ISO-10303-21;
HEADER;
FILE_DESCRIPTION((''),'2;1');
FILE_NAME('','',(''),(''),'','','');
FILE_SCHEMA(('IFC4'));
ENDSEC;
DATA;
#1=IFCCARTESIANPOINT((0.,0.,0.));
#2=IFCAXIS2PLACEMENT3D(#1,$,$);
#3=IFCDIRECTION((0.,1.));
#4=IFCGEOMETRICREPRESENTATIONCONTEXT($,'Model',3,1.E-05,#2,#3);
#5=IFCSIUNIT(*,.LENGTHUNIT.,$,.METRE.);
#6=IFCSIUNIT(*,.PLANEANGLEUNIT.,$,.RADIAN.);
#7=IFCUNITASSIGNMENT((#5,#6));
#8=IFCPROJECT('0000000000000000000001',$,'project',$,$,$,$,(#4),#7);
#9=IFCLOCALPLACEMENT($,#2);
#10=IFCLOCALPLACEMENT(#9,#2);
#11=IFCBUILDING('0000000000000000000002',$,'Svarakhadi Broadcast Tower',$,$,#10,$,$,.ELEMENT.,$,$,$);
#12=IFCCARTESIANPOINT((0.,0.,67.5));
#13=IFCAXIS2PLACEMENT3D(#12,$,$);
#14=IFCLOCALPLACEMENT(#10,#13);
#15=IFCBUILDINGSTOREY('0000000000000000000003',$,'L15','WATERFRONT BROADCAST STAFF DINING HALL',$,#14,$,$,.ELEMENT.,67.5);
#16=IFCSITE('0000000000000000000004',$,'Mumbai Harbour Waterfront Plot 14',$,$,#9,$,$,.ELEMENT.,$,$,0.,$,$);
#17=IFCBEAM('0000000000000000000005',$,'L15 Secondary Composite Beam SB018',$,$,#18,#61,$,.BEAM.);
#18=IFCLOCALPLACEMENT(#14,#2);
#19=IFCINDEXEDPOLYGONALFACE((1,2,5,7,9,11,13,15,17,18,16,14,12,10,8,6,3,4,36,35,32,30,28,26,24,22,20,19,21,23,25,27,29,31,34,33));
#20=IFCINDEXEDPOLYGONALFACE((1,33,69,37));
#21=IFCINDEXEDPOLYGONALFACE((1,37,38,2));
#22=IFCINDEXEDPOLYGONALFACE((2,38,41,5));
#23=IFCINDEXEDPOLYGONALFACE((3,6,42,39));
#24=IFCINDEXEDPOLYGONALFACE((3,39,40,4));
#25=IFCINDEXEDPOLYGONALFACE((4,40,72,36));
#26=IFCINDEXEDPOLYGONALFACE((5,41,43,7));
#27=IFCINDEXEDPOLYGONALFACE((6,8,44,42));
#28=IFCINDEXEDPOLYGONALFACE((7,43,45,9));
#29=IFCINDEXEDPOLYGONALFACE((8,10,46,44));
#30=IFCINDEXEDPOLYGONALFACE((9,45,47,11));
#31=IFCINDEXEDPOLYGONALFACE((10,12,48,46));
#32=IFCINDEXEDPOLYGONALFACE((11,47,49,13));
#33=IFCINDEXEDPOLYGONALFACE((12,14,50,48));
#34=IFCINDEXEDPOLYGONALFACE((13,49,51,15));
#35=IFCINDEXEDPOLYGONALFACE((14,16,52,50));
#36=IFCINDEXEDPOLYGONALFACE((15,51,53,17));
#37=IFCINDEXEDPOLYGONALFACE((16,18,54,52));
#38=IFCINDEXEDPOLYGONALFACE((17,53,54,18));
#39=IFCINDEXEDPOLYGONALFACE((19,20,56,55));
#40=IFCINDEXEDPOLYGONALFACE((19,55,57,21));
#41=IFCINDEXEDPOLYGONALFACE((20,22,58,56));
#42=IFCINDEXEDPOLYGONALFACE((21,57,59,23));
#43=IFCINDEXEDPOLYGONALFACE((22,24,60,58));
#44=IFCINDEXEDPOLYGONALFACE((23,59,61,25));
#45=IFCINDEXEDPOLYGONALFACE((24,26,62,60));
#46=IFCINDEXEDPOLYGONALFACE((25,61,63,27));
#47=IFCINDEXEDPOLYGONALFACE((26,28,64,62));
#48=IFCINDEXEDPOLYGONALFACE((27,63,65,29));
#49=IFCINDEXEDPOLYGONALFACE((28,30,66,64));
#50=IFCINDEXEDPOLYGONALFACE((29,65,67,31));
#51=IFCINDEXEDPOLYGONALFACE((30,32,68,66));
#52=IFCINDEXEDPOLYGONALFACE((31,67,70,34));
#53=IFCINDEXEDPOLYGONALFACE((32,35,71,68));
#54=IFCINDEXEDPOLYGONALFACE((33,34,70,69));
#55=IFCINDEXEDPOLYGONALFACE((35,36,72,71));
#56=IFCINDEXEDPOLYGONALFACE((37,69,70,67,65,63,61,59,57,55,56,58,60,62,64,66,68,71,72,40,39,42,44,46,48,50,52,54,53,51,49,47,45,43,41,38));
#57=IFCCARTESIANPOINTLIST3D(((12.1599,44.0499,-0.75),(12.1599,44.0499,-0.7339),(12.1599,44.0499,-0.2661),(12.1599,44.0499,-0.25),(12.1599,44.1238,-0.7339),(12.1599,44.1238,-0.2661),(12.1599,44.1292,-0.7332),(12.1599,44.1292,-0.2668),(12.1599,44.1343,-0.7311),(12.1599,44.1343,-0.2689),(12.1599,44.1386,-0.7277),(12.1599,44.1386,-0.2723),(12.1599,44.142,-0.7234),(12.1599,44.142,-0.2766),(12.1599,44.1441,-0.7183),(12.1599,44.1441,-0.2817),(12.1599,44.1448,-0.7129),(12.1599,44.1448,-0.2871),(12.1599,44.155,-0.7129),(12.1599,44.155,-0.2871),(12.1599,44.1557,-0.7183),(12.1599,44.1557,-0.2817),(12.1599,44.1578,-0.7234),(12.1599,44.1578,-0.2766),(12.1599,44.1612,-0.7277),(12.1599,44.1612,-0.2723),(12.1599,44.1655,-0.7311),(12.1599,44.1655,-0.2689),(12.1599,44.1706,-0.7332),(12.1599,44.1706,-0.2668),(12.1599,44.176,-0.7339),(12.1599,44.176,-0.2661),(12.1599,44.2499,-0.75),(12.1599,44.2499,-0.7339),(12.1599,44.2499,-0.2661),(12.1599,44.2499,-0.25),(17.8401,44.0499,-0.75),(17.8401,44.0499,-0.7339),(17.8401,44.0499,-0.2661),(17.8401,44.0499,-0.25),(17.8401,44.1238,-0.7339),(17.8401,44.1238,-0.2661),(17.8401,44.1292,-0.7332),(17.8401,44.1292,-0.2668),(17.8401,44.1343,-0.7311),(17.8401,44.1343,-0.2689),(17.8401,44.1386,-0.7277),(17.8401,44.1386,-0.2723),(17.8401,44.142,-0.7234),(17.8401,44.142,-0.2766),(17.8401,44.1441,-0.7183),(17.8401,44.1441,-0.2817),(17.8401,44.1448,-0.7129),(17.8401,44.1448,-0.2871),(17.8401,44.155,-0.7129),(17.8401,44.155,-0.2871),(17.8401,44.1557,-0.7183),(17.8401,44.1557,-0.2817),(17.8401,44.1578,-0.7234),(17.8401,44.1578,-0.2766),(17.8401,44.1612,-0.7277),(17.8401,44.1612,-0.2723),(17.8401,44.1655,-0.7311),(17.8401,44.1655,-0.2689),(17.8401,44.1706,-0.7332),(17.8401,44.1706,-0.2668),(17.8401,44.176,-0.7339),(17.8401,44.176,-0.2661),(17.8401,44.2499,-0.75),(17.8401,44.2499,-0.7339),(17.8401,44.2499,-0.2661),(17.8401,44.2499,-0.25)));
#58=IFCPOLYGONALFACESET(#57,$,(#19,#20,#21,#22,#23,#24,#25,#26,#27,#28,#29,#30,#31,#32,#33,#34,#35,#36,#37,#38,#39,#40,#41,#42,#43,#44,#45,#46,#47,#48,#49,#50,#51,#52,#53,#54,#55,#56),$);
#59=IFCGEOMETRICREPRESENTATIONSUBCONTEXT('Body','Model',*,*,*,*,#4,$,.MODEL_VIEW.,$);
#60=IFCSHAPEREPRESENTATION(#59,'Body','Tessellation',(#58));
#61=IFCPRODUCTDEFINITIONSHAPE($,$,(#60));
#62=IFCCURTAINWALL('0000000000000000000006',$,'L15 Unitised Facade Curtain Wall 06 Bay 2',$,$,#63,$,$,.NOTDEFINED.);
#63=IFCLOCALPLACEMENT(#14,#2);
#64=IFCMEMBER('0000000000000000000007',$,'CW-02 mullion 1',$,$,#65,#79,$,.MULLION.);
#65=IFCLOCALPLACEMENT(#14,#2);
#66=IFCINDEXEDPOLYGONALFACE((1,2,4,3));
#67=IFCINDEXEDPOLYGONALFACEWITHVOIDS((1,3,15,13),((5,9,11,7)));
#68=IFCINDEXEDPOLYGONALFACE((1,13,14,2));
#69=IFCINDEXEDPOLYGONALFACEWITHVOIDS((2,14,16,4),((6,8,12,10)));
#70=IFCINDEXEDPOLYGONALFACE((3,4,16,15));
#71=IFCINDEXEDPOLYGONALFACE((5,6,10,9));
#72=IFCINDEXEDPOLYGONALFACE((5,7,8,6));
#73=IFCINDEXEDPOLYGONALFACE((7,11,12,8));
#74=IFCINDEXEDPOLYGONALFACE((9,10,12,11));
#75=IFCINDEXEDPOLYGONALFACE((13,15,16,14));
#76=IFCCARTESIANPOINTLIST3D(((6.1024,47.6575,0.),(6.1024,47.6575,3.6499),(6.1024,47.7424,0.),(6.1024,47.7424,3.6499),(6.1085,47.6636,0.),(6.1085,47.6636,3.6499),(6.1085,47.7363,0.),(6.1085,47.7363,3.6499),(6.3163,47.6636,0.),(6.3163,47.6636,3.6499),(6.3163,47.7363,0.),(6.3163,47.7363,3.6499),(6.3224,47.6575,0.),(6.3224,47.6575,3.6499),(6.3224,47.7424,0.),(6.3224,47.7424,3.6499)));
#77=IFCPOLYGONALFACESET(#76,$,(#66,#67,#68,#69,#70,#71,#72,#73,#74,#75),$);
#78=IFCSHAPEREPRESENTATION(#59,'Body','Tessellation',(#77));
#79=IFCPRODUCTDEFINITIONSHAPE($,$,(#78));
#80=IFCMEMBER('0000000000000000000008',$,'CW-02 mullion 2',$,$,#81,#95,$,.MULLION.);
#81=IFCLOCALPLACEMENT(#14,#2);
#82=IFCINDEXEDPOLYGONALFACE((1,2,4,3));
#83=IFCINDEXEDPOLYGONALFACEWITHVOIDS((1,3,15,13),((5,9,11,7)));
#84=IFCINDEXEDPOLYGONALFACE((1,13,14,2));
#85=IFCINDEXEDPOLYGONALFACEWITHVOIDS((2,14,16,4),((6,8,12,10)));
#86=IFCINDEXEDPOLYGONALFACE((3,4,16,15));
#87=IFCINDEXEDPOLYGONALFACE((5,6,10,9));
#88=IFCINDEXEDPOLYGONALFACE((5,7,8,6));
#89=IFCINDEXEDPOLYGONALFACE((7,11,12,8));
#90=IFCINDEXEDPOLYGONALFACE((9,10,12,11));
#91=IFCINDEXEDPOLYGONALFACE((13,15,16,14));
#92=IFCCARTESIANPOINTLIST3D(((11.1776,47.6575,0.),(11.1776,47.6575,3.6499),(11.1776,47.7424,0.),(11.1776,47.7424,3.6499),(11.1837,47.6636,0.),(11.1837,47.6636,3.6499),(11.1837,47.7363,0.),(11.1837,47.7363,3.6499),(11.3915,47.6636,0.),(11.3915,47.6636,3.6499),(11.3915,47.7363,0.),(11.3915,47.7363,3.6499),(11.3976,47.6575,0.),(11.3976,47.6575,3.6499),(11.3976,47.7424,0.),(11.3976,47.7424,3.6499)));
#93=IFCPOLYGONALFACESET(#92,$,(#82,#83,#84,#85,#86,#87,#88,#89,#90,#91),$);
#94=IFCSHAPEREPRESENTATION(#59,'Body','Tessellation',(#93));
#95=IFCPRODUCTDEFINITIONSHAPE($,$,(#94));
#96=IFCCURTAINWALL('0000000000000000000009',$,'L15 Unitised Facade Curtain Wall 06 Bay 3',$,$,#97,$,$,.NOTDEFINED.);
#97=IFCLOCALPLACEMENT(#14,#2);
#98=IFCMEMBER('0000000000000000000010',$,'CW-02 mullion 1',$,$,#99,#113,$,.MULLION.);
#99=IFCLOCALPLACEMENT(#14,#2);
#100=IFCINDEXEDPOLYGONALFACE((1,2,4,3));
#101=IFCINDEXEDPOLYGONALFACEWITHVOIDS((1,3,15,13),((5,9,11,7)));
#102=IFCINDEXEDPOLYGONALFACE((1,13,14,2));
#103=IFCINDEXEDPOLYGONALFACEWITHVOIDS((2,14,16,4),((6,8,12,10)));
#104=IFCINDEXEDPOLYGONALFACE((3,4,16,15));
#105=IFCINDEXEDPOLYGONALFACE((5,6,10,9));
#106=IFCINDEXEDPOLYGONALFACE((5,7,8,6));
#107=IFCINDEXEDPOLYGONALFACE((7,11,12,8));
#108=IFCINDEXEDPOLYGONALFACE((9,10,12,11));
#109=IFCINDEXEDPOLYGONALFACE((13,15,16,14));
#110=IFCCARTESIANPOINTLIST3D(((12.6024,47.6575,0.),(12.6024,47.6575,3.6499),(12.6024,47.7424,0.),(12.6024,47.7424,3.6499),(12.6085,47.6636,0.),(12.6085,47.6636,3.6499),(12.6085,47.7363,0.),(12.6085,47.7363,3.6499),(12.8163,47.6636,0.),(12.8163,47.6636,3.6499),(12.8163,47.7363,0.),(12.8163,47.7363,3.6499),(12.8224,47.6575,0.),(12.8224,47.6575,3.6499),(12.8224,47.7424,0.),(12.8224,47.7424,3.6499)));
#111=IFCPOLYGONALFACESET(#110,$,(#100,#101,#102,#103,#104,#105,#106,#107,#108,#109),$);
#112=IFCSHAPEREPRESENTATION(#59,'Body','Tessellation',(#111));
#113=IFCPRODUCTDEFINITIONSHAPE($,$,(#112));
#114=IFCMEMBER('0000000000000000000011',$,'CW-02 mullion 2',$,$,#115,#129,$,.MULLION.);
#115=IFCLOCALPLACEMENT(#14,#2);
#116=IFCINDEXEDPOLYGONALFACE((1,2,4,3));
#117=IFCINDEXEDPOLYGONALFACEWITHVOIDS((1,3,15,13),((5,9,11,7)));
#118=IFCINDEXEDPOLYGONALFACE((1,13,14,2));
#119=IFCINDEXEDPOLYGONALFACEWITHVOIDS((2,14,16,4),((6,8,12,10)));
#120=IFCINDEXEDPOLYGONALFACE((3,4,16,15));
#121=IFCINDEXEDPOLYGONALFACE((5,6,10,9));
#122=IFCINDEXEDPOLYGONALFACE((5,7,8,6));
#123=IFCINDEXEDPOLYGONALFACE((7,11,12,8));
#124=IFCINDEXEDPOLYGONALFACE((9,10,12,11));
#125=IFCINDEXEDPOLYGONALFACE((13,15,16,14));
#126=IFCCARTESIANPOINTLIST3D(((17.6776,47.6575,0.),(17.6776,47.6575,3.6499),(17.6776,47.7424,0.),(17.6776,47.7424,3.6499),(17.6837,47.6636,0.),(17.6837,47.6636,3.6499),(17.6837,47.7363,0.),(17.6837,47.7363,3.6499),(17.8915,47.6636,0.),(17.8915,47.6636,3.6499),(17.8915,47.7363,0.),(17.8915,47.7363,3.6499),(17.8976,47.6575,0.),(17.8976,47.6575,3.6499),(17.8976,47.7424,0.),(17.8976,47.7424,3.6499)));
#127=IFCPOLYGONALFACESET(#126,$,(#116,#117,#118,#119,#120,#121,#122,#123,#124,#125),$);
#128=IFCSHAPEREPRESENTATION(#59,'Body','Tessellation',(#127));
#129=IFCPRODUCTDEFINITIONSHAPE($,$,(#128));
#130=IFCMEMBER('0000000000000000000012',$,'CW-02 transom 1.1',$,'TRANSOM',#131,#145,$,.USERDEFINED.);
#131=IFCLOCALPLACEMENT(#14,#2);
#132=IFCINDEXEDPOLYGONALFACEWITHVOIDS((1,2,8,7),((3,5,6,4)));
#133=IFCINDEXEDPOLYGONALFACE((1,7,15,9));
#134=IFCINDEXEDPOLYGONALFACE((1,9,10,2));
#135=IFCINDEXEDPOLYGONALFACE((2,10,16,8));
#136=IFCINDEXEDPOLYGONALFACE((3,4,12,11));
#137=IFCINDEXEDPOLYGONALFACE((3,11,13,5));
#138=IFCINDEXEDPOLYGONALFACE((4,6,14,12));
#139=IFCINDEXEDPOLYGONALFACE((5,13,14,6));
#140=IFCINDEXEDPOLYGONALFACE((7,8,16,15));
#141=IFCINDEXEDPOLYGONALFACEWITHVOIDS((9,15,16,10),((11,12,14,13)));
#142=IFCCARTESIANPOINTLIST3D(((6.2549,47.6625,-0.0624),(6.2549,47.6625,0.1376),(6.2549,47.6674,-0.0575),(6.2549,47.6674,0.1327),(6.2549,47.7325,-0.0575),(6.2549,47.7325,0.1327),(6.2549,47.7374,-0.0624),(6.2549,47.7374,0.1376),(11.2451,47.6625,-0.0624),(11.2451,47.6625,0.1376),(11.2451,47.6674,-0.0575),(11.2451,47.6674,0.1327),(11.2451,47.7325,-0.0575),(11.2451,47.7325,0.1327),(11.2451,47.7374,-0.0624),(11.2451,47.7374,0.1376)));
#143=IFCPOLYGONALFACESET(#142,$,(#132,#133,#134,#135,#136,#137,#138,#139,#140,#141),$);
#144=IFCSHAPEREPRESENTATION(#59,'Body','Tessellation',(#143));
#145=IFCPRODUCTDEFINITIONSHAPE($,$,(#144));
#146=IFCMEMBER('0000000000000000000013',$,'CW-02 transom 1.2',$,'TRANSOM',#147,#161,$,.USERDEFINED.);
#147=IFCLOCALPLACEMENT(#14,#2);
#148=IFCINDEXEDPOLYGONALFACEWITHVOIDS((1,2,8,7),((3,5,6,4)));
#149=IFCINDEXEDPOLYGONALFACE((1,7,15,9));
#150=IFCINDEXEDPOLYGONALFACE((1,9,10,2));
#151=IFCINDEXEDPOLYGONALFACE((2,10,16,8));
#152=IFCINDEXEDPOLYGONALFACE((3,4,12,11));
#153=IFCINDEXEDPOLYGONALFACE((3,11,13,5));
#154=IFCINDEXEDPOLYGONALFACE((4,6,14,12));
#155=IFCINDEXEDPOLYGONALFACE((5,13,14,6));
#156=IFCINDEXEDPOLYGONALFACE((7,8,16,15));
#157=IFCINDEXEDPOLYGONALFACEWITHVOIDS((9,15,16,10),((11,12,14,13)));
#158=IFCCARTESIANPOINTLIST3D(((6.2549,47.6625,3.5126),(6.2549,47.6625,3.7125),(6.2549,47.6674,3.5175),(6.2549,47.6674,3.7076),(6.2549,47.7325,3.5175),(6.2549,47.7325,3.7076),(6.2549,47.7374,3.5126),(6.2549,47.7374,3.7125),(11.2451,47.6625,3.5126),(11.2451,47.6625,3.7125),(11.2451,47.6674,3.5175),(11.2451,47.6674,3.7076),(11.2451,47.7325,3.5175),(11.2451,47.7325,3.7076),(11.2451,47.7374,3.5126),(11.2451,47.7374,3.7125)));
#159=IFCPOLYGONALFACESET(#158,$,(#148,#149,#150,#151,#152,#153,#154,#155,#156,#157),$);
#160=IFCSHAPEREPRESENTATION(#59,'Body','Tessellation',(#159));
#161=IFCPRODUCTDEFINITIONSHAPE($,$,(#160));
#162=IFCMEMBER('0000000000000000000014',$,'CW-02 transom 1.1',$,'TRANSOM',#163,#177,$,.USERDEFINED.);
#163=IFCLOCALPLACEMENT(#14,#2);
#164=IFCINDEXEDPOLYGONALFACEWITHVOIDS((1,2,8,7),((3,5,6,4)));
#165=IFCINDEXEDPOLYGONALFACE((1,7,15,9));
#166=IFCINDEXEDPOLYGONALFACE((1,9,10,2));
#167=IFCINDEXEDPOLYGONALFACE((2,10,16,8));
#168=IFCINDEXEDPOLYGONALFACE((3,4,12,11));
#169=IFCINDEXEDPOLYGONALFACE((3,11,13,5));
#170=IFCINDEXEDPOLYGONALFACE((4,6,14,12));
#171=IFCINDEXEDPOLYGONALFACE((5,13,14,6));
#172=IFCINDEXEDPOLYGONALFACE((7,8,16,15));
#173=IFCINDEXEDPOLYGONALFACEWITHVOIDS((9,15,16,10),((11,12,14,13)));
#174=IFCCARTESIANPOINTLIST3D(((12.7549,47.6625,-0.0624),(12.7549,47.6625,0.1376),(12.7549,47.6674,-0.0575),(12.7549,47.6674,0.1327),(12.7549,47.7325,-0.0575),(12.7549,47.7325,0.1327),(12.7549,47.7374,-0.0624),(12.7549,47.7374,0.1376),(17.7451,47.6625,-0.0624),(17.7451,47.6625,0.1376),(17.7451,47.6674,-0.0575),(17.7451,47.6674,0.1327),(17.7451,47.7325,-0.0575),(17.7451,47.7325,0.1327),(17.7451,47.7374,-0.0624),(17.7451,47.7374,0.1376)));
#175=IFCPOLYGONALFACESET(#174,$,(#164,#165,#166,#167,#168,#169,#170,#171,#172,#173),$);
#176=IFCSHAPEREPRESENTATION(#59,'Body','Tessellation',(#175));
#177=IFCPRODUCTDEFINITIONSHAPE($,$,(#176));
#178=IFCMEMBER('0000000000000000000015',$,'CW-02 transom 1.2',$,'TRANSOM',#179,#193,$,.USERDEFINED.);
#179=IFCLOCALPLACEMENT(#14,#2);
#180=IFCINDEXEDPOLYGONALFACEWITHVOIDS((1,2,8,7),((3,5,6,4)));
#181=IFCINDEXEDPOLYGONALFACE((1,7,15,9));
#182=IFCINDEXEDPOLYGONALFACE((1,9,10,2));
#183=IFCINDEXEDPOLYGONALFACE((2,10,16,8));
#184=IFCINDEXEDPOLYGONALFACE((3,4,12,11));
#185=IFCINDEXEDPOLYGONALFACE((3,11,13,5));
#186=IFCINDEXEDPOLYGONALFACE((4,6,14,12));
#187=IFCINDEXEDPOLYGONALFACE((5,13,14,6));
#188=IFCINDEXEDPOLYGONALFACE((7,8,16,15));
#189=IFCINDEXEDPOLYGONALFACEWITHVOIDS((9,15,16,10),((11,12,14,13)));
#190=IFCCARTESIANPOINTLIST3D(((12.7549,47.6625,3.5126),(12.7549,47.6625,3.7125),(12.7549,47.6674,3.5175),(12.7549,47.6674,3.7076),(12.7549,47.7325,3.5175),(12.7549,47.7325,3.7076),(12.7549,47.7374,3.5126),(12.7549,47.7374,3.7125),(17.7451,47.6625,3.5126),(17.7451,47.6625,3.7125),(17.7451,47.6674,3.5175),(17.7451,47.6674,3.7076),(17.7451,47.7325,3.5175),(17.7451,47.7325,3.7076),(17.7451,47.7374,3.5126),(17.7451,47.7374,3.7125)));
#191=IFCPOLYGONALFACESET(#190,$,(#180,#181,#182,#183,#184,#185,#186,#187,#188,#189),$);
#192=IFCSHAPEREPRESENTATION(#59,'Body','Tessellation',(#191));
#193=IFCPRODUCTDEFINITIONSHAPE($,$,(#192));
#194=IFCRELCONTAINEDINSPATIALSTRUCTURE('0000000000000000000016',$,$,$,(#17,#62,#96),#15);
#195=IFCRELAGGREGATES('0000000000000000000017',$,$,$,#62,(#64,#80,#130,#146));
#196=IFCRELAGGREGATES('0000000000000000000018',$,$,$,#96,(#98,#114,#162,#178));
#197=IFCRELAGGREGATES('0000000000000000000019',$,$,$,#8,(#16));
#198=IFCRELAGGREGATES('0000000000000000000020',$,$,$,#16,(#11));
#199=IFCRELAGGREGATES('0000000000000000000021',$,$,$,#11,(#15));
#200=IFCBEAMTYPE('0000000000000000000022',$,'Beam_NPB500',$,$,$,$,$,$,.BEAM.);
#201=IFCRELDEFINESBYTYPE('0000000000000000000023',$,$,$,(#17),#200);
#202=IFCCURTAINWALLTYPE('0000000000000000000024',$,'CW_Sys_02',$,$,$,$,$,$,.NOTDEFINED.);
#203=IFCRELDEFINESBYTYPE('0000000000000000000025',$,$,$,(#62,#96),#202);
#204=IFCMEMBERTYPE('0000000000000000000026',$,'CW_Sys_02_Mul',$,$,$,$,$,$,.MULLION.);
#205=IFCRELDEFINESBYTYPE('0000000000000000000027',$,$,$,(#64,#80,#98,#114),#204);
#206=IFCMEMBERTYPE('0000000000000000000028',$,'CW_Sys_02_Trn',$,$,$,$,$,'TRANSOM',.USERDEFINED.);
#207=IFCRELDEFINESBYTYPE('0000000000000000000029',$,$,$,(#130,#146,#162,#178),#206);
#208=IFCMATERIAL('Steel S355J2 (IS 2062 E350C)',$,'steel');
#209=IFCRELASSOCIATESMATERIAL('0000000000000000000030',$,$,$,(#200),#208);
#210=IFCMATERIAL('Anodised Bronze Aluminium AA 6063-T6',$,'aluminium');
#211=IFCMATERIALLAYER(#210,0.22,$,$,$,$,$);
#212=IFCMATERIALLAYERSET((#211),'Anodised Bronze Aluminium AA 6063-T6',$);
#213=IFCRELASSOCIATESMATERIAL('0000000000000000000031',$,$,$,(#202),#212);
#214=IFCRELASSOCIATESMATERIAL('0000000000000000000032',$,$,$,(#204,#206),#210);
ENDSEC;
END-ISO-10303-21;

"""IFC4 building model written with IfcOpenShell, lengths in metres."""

from ifc_helpers import new_model, si_unit, direction, frame, origin, origin_2d, place, context, subcontext, project, spatial, hollow_rectangle, i_section, extrude, material, layer, layer_set, material_profile, profile_set, type_object, element, aggregate, save


model = new_model("IFC4")

# Units and contexts
model_context = context("Model", 3, precision=1e-05, world=origin(), true_north=direction((0.0, 1.0)))
body_context = subcontext(model_context, "Body", "Model", "MODEL_VIEW")
ifc_project = project(units=[si_unit("LENGTHUNIT", "METRE"), si_unit("PLANEANGLEUNIT", "RADIAN")], contexts=[model_context])

# Site, building, storey
site_placement = place(None, origin())
site = spatial("IfcSite", under=ifc_project, at=site_placement, Name="Mumbai Harbour Waterfront Plot 14", CompositionType="ELEMENT", RefElevation=0.0)
building_placement = place(site_placement, origin())
building = spatial("IfcBuilding", under=site, at=building_placement, Name="Svarakhadi Broadcast Tower", CompositionType="ELEMENT")
storey_placement = place(building_placement, frame((0.0, 0.0, 67.5)))
storey = spatial("IfcBuildingStorey", under=building, at=storey_placement, Name="L15", Description="WATERFRONT BROADCAST STAFF DINING HALL", CompositionType="ELEMENT", Elevation=67.5)

# Beam
ifc_material_1 = material(Name="Steel S355J2 (IS 2062 E350C)", Category="steel")
ifc_material_profile_1 = material_profile(ifc_material_1, i_section(OverallWidth=0.2, OverallDepth=0.5, WebThickness=0.0103, FlangeThickness=0.0161, FilletRadius=0.021, at=origin_2d()), Name="NPB 500x200x91")
ifc_profile_set_1 = profile_set([ifc_material_profile_1], Name="Steel S355J2 (IS 2062 E350C)")
beam_type_1 = type_object("IfcBeamType", Name="Beam_NPB500", PredefinedType="BEAM", material=ifc_profile_set_1)
for number, where, z_axis, x_axis, name in (
    (1, (12.1599, 44.1499, -0.5), (1.0, 0.0, 0.0), (0.0, 1.0, 0.0), "L15 Secondary Composite Beam SB018"),
):
    element("IfcBeam", number, at=place(storey_placement, frame(where, z_axis=z_axis, x_axis=x_axis)), inside=storey, type_object=beam_type_1, Name=name, PredefinedType="BEAM", context=body_context, shape_type="SweptSolid", body=[
        extrude(i_section(OverallWidth=0.2, OverallDepth=0.5, WebThickness=0.0103, FlangeThickness=0.0161, FilletRadius=0.021, at=origin_2d()), origin(), (0.0, 0.0, 1.0), 5.6802),
    ])

# Curtain walls, members
ifc_material_2 = material(Name="Anodised Bronze Aluminium AA 6063-T6", Category="aluminium")
ifc_layer_1 = layer(ifc_material_2, 0.22)
ifc_layer_set_1 = layer_set([ifc_layer_1], Name="Anodised Bronze Aluminium AA 6063-T6")
curtain_wall_type = type_object("IfcCurtainWallType", Name="CW_Sys_02", PredefinedType="NOTDEFINED", material=ifc_layer_set_1)
curtain_wall_1_placement = place(storey_placement, origin())
curtain_wall_1 = element("IfcCurtainWall", 2, at=curtain_wall_1_placement, inside=storey, type_object=curtain_wall_type, Name="L15 Unitised Facade Curtain Wall 06 Bay 2", PredefinedType="NOTDEFINED")
ifc_material_profile_2 = material_profile(ifc_material_2, hollow_rectangle(XDim=0.085, YDim=0.22, WallThickness=0.0061, at=origin_2d()), Name="ALU MULLION 220x85x6")
ifc_profile_set_2 = profile_set([ifc_material_profile_2], Name="Anodised Bronze Aluminium AA 6063-T6")
member_type_1 = type_object("IfcMemberType", Name="CW_Sys_02_Mul", PredefinedType="MULLION", material=ifc_profile_set_2)
member_1_placement = place(storey_placement, frame((6.2124, 47.7, 0.0), z_axis=(0.0, 0.0, 1.0), x_axis=(0.0, 1.0, 0.0)))
member_1 = element("IfcMember", 3, at=member_1_placement, type_object=member_type_1, Name="CW-02 mullion 1", PredefinedType="MULLION", context=body_context, shape_type="SweptSolid", body=[
    extrude(hollow_rectangle(XDim=0.085, YDim=0.22, WallThickness=0.0061, at=origin_2d()), origin(), (0.0, 0.0, 1.0), 3.6499),
])
member_2_placement = place(storey_placement, frame((11.2876, 47.7, 0.0), z_axis=(0.0, 0.0, 1.0), x_axis=(0.0, 1.0, 0.0)))
member_2 = element("IfcMember", 4, at=member_2_placement, type_object=member_type_1, Name="CW-02 mullion 2", PredefinedType="MULLION", context=body_context, shape_type="SweptSolid", body=[
    extrude(hollow_rectangle(XDim=0.085, YDim=0.22, WallThickness=0.0061, at=origin_2d()), origin(), (0.0, 0.0, 1.0), 3.6499),
])
curtain_wall_2_placement = place(storey_placement, origin())
curtain_wall_2 = element("IfcCurtainWall", 5, at=curtain_wall_2_placement, inside=storey, type_object=curtain_wall_type, Name="L15 Unitised Facade Curtain Wall 06 Bay 3", PredefinedType="NOTDEFINED")
member_3_placement = place(storey_placement, frame((12.7124, 47.7, 0.0), z_axis=(0.0, 0.0, 1.0), x_axis=(0.0, 1.0, 0.0)))
member_3 = element("IfcMember", 6, at=member_3_placement, type_object=member_type_1, Name="CW-02 mullion 1", PredefinedType="MULLION", context=body_context, shape_type="SweptSolid", body=[
    extrude(hollow_rectangle(XDim=0.085, YDim=0.22, WallThickness=0.0061, at=origin_2d()), origin(), (0.0, 0.0, 1.0), 3.6499),
])
member_4_placement = place(storey_placement, frame((17.7876, 47.7, 0.0), z_axis=(0.0, 0.0, 1.0), x_axis=(0.0, 1.0, 0.0)))
member_4 = element("IfcMember", 7, at=member_4_placement, type_object=member_type_1, Name="CW-02 mullion 2", PredefinedType="MULLION", context=body_context, shape_type="SweptSolid", body=[
    extrude(hollow_rectangle(XDim=0.085, YDim=0.22, WallThickness=0.0061, at=origin_2d()), origin(), (0.0, 0.0, 1.0), 3.6499),
])

# Members
ifc_material_profile_3 = material_profile(ifc_material_2, hollow_rectangle(XDim=0.075, YDim=0.2, WallThickness=0.0049, at=origin_2d()), Name="ALU TRANSOM 200x75x5")
ifc_profile_set_3 = profile_set([ifc_material_profile_3], Name="Anodised Bronze Aluminium AA 6063-T6")
member_type_2 = type_object("IfcMemberType", Name="CW_Sys_02_Trn", ElementType="TRANSOM", PredefinedType="USERDEFINED", material=ifc_profile_set_3)
member_5_placement = place(storey_placement, frame((6.2549, 47.7, 0.0376), z_axis=(1.0, 0.0, 0.0), x_axis=(0.0, 1.0, 0.0)))
member_5 = element("IfcMember", 8, at=member_5_placement, type_object=member_type_2, Name="CW-02 transom 1.1", ObjectType="TRANSOM", PredefinedType="USERDEFINED", context=body_context, shape_type="SweptSolid", body=[
    extrude(hollow_rectangle(XDim=0.075, YDim=0.2, WallThickness=0.0049, at=origin_2d()), origin(), (0.0, 0.0, 1.0), 4.9902),
])
member_6_placement = place(storey_placement, frame((6.2549, 47.7, 3.6125), z_axis=(1.0, 0.0, 0.0), x_axis=(0.0, 1.0, 0.0)))
member_6 = element("IfcMember", 9, at=member_6_placement, type_object=member_type_2, Name="CW-02 transom 1.2", ObjectType="TRANSOM", PredefinedType="USERDEFINED", context=body_context, shape_type="SweptSolid", body=[
    extrude(hollow_rectangle(XDim=0.075, YDim=0.2, WallThickness=0.0049, at=origin_2d()), origin(), (0.0, 0.0, 1.0), 4.9902),
])
member_7_placement = place(storey_placement, frame((12.7549, 47.7, 0.0376), z_axis=(1.0, 0.0, 0.0), x_axis=(0.0, 1.0, 0.0)))
member_7 = element("IfcMember", 10, at=member_7_placement, type_object=member_type_2, Name="CW-02 transom 1.1", ObjectType="TRANSOM", PredefinedType="USERDEFINED", context=body_context, shape_type="SweptSolid", body=[
    extrude(hollow_rectangle(XDim=0.075, YDim=0.2, WallThickness=0.0049, at=origin_2d()), origin(), (0.0, 0.0, 1.0), 4.9902),
])
member_8_placement = place(storey_placement, frame((12.7549, 47.7, 3.6125), z_axis=(1.0, 0.0, 0.0), x_axis=(0.0, 1.0, 0.0)))
member_8 = element("IfcMember", 11, at=member_8_placement, type_object=member_type_2, Name="CW-02 transom 1.2", ObjectType="TRANSOM", PredefinedType="USERDEFINED", context=body_context, shape_type="SweptSolid", body=[
    extrude(hollow_rectangle(XDim=0.075, YDim=0.2, WallThickness=0.0049, at=origin_2d()), origin(), (0.0, 0.0, 1.0), 4.9902),
])

aggregate(curtain_wall_1, [member_1, member_2, member_5, member_6])
aggregate(curtain_wall_2, [member_3, member_4, member_7, member_8])

save(model, "model.ifc")
